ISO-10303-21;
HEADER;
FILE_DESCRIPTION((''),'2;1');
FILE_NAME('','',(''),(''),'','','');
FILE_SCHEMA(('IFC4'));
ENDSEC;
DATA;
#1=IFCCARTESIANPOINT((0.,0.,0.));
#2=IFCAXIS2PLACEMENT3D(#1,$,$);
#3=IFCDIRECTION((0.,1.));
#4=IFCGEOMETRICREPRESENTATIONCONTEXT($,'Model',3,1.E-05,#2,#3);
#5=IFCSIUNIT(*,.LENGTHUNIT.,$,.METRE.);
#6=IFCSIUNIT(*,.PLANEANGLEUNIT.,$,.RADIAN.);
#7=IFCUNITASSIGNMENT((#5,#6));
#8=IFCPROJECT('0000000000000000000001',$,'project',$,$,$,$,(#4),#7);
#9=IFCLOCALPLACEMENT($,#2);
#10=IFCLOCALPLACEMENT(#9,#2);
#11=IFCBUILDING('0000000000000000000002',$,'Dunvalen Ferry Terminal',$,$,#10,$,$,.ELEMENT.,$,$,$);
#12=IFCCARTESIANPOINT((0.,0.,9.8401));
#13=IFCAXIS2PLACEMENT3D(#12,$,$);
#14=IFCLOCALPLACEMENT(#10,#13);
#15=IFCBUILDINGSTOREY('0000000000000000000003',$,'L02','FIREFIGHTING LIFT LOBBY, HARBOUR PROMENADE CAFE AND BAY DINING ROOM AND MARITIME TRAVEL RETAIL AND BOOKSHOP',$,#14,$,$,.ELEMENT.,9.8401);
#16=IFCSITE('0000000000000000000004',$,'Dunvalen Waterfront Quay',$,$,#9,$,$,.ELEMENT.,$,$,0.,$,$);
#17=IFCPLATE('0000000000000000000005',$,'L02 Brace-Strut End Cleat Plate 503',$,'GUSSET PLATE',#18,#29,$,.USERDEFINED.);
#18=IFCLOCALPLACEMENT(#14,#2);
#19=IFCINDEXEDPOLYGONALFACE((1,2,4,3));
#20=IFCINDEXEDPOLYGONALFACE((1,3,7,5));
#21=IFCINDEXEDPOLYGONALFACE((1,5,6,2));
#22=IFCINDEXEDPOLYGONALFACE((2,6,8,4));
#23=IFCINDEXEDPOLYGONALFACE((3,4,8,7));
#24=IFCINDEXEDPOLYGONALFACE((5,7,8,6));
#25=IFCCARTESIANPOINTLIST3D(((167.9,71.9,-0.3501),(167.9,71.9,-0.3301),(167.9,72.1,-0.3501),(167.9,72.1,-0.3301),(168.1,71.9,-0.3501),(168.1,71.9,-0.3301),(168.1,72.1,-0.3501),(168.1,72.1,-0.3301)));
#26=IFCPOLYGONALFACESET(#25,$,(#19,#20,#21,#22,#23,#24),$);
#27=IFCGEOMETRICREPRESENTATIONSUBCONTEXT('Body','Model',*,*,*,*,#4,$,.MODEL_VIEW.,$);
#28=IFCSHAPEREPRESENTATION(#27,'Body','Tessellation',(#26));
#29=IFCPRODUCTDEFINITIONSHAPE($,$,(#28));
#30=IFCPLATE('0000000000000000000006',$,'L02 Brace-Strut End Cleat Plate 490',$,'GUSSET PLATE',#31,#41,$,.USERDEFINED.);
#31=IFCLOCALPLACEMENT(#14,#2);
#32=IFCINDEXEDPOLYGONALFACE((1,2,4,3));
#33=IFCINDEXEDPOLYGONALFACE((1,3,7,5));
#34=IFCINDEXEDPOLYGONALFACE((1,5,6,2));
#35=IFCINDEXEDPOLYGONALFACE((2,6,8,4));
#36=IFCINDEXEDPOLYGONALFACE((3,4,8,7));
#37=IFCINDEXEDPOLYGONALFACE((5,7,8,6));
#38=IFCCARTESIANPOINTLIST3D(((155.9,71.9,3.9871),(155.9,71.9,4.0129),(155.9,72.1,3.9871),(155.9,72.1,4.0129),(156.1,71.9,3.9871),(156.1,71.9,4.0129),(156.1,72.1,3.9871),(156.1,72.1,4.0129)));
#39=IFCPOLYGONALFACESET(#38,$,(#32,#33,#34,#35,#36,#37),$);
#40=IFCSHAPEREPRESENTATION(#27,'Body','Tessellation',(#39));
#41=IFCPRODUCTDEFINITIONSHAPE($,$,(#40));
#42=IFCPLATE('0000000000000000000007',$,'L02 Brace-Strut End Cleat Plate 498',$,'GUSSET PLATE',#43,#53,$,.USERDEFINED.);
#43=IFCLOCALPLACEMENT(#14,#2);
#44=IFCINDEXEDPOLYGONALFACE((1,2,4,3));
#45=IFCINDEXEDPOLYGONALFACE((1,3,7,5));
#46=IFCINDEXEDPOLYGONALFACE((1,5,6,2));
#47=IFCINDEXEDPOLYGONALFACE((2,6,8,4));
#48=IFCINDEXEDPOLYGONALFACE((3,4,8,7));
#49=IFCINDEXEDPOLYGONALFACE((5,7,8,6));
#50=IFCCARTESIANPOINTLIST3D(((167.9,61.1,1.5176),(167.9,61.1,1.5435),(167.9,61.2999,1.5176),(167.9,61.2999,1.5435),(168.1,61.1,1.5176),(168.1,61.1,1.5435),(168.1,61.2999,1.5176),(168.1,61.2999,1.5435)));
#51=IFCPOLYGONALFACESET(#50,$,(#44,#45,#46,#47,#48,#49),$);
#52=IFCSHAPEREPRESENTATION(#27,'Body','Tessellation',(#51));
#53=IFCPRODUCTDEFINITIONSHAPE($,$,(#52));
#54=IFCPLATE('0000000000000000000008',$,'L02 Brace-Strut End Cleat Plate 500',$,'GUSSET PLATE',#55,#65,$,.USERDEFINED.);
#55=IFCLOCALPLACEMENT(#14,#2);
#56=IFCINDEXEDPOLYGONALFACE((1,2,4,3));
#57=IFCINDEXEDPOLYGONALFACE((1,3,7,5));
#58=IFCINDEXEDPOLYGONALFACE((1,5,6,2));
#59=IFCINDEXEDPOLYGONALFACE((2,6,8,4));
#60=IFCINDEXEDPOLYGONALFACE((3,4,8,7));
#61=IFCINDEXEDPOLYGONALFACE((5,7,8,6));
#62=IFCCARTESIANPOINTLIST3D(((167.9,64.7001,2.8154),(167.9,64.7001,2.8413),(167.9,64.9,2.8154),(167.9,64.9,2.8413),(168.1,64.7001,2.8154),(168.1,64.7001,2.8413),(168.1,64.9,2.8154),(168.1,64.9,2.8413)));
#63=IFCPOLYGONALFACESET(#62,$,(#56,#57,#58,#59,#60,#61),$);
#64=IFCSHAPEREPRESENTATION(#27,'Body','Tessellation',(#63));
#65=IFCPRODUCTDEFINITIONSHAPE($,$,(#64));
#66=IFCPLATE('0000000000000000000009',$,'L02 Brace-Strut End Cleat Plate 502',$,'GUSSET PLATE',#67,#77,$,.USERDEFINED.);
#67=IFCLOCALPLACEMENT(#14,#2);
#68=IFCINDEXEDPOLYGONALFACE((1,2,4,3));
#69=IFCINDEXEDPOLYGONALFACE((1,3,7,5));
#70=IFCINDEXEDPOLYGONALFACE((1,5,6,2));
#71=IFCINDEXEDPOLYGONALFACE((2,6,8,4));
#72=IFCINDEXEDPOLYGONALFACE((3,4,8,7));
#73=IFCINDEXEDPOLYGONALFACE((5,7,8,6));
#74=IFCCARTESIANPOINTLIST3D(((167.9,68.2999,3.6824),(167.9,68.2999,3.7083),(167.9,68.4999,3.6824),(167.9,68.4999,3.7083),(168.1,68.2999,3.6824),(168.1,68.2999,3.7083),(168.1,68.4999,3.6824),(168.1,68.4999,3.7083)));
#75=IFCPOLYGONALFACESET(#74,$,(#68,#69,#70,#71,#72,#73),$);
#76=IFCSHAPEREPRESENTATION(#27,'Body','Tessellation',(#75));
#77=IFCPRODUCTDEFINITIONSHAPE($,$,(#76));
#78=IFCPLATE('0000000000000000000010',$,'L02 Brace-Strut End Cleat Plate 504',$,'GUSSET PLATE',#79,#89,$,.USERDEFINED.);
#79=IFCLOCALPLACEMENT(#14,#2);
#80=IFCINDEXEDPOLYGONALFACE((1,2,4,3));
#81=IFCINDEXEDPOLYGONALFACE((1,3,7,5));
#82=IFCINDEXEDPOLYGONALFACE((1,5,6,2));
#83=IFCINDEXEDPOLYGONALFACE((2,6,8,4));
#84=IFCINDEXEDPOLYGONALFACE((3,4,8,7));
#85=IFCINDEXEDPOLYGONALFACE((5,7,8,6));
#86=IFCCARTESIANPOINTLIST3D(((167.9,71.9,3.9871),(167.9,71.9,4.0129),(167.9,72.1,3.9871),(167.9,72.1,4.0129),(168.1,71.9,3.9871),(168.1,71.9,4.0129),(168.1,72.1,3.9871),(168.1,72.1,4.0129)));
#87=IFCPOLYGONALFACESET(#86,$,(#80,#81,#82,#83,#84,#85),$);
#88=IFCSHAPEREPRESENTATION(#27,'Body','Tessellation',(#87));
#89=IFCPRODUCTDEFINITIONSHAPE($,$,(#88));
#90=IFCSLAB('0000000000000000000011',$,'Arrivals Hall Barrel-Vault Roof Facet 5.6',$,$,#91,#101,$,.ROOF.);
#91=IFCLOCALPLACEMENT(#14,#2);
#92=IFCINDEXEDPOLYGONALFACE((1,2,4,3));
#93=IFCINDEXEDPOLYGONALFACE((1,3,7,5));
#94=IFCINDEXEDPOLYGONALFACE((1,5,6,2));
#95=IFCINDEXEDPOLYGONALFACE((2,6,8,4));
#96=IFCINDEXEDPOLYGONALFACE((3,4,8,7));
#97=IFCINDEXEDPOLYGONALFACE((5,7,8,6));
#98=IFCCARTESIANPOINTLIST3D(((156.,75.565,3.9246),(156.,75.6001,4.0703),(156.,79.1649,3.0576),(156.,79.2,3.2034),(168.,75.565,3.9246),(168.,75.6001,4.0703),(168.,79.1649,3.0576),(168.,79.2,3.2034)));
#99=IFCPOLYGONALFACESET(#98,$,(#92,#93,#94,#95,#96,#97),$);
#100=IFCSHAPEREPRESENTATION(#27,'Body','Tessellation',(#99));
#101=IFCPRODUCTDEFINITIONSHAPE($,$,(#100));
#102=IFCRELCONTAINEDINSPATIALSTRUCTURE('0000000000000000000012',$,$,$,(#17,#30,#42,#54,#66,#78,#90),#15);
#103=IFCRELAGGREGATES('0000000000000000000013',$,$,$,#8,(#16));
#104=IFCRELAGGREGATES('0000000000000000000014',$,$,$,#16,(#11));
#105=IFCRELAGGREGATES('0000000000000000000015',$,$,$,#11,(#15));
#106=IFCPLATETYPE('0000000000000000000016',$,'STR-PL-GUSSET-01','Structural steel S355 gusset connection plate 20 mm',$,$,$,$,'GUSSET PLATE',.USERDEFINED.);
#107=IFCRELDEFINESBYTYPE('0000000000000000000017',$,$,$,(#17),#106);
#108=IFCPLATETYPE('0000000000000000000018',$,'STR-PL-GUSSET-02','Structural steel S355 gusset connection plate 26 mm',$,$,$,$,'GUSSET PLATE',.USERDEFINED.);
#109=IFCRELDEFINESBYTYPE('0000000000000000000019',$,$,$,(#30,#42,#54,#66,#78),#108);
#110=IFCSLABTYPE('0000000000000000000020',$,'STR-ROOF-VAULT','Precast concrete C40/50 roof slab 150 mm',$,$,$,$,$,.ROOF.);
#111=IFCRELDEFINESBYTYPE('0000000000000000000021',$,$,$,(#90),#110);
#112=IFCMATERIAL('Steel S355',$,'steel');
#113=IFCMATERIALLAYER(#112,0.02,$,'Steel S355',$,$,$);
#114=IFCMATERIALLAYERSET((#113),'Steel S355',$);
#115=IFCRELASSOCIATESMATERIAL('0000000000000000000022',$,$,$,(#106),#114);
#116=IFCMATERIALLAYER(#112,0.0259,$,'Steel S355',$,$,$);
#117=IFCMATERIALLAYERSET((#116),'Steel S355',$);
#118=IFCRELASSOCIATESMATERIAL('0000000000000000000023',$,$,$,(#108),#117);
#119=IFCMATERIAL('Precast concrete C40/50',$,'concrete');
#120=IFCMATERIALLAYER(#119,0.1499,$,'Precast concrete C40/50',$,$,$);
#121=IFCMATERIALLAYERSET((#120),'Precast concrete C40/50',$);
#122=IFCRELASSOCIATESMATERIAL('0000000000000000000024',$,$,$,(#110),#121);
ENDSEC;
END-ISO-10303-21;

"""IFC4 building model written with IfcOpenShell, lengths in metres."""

from ifc_helpers import new_model, si_unit, direction, frame, origin, origin_2d, place, context, subcontext, project, spatial, polyline, rectangle, outline, extrude, material, layer, layer_set, type_object, element, save


model = new_model("IFC4")

# Units and contexts
model_context = context("Model", 3, precision=1e-05, world=origin(), true_north=direction((0.0, 1.0)))
body_context = subcontext(model_context, "Body", "Model", "MODEL_VIEW")
ifc_project = project(units=[si_unit("LENGTHUNIT", "METRE"), si_unit("PLANEANGLEUNIT", "RADIAN")], contexts=[model_context])

# Site, building, storey
site_placement = place(None, origin())
site = spatial("IfcSite", under=ifc_project, at=site_placement, Name="Dunvalen Waterfront Quay", CompositionType="ELEMENT", RefElevation=0.0)
building_placement = place(site_placement, origin())
building = spatial("IfcBuilding", under=site, at=building_placement, Name="Dunvalen Ferry Terminal", CompositionType="ELEMENT")
storey_placement = place(building_placement, frame((0.0, 0.0, 9.8401)))
storey = spatial("IfcBuildingStorey", under=building, at=storey_placement, Name="L02", Description="FIREFIGHTING LIFT LOBBY, HARBOUR PROMENADE CAFE AND BAY DINING ROOM AND MARITIME TRAVEL RETAIL AND BOOKSHOP", CompositionType="ELEMENT", Elevation=9.8401)

# Shared definitions
ifc_material_1 = material(Name="Steel S355", Category="steel")

# Plates
ifc_layer_1 = layer(ifc_material_1, 0.02, Name="Steel S355")
ifc_layer_set_1 = layer_set([ifc_layer_1], Name="Steel S355")
plate_type_1 = type_object("IfcPlateType", Name="STR-PL-GUSSET-01", Description="Structural steel S355 gusset connection plate 20 mm", ElementType="GUSSET PLATE", PredefinedType="USERDEFINED", material=ifc_layer_set_1)
for number, where, z_axis, x_axis, name in (
    (1, (168.0, 72.0, -0.3501), (0.0, 0.0, 1.0), (1.0, 0.0, 0.0), "L02 Brace-Strut End Cleat Plate 503"),
):
    element("IfcPlate", number, at=place(storey_placement, frame(where, z_axis=z_axis, x_axis=x_axis)), inside=storey, type_object=plate_type_1, Name=name, ObjectType="GUSSET PLATE", PredefinedType="USERDEFINED", context=body_context, shape_type="SweptSolid", body=[
        extrude(rectangle(XDim=0.2, YDim=0.2, at=origin_2d()), origin(), (0.0, 0.0, 1.0), 0.02),
    ])
ifc_layer_2 = layer(ifc_material_1, 0.0259, Name="Steel S355")
ifc_layer_set_2 = layer_set([ifc_layer_2], Name="Steel S355")
plate_type_2 = type_object("IfcPlateType", Name="STR-PL-GUSSET-02", Description="Structural steel S355 gusset connection plate 26 mm", ElementType="GUSSET PLATE", PredefinedType="USERDEFINED", material=ifc_layer_set_2)
for number, where, z_axis, x_axis, name in (
    (2, (156.0, 72.0, 3.9871), (0.0, 0.0, 1.0), (1.0, 0.0, 0.0), "L02 Brace-Strut End Cleat Plate 490"),
    (3, (168.0, 61.2, 1.5176), (0.0, 0.0, 1.0), (1.0, 0.0, 0.0), "L02 Brace-Strut End Cleat Plate 498"),
    (4, (168.0, 64.8, 2.8154), (0.0, 0.0, 1.0), (1.0, 0.0, 0.0), "L02 Brace-Strut End Cleat Plate 500"),
    (5, (168.0, 68.3999, 3.6824), (0.0, 0.0, 1.0), (1.0, 0.0, 0.0), "L02 Brace-Strut End Cleat Plate 502"),
    (6, (168.0, 72.0, 3.9871), (0.0, 0.0, 1.0), (1.0, 0.0, 0.0), "L02 Brace-Strut End Cleat Plate 504"),
):
    element("IfcPlate", number, at=place(storey_placement, frame(where, z_axis=z_axis, x_axis=x_axis)), inside=storey, type_object=plate_type_2, Name=name, ObjectType="GUSSET PLATE", PredefinedType="USERDEFINED", context=body_context, shape_type="SweptSolid", body=[
        extrude(rectangle(XDim=0.2, YDim=0.2, at=origin_2d()), origin(), (0.0, 0.0, 1.0), 0.0259),
    ])

# Slab
ifc_material_2 = material(Name="Precast concrete C40/50", Category="concrete")
ifc_layer_3 = layer(ifc_material_2, 0.1499, Name="Precast concrete C40/50")
ifc_layer_set_3 = layer_set([ifc_layer_3], Name="Precast concrete C40/50")
slab_type = type_object("IfcSlabType", Name="STR-ROOF-VAULT", Description="Precast concrete C40/50 roof slab 150 mm", PredefinedType="ROOF", material=ifc_layer_set_3)
slab_placement = place(storey_placement, frame((156.0, 75.6001, 4.0703), z_axis=(0.0, 0.234133, 0.972204), x_axis=(1.0, 0.0, 0.0)))
element("IfcSlab", 7, at=slab_placement, inside=storey, type_object=slab_type, Name="Arrivals Hall Barrel-Vault Roof Facet 5.6", PredefinedType="ROOF", context=body_context, shape_type="SweptSolid", body=[
    extrude(outline(polyline([(0.0, 0.0), (12.0, 0.0), (12.0, 3.7028), (0.0, 3.7028), (0.0, 0.0)])), origin(), (0.0, 0.0, -1.0), 0.1499),
])

save(model, "model.ifc")
